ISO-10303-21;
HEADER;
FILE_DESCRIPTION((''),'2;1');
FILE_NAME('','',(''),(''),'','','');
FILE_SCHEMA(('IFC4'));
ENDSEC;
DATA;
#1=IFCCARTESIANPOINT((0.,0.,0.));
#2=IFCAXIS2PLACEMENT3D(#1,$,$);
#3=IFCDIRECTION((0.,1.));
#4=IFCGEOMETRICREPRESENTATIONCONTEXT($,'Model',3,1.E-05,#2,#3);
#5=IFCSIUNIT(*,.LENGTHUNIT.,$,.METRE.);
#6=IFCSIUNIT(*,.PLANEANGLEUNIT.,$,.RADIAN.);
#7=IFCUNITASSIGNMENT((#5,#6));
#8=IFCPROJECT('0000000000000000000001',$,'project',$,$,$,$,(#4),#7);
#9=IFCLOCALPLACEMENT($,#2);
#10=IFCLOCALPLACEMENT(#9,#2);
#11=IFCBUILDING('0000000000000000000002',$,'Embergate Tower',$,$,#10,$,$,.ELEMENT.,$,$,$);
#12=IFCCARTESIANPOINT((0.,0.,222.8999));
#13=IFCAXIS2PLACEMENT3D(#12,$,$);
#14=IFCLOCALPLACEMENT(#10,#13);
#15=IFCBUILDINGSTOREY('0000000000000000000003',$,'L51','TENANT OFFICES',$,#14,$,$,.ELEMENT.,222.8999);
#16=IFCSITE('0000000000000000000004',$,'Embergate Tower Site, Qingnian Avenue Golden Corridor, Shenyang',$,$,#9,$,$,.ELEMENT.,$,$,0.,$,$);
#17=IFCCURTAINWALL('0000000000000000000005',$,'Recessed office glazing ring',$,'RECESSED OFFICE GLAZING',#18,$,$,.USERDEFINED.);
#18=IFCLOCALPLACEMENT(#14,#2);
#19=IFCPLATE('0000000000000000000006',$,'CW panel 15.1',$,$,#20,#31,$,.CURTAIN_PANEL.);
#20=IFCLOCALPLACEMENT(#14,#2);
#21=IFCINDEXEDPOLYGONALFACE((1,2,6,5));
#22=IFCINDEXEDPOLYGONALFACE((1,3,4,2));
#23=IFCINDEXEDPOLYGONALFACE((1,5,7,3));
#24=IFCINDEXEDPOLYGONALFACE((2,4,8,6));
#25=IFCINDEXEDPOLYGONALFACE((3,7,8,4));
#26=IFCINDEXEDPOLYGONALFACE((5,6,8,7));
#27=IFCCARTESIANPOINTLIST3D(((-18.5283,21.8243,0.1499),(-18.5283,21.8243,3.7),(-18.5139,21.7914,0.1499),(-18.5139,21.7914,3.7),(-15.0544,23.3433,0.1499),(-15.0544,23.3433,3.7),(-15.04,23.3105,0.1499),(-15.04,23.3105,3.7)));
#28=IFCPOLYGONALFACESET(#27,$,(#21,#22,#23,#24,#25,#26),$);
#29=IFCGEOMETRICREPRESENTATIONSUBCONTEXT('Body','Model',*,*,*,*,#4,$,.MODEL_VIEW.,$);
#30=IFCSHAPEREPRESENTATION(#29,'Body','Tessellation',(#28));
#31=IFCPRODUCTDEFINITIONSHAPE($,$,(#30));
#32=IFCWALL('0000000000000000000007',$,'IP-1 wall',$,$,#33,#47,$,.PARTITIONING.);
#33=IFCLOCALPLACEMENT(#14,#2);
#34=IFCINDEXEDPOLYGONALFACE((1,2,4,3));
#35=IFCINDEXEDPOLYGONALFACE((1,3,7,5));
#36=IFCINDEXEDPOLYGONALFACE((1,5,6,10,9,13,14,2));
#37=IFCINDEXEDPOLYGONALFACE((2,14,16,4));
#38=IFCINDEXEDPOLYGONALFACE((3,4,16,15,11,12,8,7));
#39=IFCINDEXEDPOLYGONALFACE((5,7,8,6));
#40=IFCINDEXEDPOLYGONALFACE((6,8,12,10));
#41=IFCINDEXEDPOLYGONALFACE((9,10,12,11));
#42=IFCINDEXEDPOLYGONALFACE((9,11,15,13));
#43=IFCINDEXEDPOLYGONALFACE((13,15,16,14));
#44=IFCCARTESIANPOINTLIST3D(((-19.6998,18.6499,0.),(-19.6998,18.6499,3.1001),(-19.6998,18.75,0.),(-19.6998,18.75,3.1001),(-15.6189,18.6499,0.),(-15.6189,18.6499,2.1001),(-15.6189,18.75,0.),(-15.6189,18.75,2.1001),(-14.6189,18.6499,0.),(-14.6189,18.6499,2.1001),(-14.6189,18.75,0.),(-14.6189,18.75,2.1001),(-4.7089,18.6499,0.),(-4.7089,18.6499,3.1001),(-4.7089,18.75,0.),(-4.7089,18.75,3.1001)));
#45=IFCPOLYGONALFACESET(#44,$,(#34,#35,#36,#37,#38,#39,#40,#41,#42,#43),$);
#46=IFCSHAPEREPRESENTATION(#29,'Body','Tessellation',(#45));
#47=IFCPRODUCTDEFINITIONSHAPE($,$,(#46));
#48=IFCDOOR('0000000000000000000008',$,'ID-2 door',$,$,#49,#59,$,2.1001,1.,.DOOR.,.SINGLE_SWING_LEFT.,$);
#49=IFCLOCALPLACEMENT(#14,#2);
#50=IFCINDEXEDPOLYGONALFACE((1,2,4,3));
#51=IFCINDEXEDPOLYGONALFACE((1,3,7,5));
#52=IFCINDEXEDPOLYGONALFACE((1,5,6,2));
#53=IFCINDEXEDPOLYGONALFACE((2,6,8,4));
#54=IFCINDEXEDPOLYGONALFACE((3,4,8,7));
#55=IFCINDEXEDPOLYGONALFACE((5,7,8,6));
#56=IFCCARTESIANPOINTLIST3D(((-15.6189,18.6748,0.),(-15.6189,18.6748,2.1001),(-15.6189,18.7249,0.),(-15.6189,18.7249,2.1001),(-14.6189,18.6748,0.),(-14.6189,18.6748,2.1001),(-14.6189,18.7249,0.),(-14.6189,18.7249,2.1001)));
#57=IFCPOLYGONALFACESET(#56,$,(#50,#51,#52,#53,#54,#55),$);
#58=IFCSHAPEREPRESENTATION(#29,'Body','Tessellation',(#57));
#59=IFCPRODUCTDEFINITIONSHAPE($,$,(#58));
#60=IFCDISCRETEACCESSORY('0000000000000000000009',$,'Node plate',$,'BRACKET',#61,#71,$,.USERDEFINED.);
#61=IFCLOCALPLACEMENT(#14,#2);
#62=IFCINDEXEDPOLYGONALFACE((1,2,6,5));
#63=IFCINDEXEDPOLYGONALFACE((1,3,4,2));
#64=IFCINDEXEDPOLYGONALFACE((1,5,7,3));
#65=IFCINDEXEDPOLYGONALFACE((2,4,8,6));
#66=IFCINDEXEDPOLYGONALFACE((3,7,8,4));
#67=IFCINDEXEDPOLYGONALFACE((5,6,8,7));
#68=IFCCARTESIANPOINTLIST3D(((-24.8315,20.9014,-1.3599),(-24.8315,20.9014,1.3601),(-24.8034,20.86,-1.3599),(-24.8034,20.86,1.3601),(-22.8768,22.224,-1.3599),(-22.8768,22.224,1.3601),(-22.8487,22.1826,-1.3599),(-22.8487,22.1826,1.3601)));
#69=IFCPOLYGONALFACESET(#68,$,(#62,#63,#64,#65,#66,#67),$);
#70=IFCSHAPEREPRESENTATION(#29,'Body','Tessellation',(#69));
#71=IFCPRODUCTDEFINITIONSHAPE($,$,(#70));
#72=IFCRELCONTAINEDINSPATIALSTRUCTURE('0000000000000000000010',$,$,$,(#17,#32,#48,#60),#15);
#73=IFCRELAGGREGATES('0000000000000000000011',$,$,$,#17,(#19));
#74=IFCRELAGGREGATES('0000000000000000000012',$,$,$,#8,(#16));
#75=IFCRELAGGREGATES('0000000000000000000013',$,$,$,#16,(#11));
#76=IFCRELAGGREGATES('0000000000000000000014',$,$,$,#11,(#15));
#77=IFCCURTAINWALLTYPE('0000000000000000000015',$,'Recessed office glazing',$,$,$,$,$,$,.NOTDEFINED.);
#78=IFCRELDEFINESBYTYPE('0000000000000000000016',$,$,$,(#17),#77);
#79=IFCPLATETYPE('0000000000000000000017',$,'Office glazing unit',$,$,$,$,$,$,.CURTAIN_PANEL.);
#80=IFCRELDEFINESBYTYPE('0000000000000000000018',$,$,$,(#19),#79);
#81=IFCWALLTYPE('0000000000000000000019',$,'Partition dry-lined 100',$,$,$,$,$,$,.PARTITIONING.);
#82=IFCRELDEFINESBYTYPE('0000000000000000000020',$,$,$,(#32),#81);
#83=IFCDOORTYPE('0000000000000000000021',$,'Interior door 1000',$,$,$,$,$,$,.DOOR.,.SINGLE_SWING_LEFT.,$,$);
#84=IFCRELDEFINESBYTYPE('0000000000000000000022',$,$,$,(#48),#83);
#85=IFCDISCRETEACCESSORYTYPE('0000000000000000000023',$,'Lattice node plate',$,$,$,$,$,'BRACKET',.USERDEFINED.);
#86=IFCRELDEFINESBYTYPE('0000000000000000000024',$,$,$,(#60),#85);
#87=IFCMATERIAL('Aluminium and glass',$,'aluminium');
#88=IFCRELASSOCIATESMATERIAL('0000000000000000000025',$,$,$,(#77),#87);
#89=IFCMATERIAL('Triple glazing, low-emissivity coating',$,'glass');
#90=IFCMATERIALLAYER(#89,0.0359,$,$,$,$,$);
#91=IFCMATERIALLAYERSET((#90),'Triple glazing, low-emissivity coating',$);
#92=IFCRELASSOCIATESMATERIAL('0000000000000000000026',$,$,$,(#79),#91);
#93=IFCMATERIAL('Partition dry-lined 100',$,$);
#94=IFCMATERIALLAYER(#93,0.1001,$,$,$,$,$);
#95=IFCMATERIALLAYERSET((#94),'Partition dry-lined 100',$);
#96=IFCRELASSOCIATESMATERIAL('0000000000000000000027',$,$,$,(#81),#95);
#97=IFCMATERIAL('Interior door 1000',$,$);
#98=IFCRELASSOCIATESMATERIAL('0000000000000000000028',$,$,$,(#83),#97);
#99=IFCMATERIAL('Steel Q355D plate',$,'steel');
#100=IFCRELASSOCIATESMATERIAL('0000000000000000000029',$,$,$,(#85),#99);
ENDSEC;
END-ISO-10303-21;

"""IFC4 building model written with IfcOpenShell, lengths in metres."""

from ifc_helpers import new_model, si_unit, direction, frame, frame_2d, origin, origin_2d, place, context, subcontext, project, spatial, rectangle, extrude, source, transform, mapped, material, layer, layer_set, type_object, element, fill, aggregate, save


model = new_model("IFC4")

# Units and contexts
model_context = context("Model", 3, precision=1e-05, world=origin(), true_north=direction((0.0, 1.0)))
body_context = subcontext(model_context, "Body", "Model", "MODEL_VIEW")
ifc_project = project(units=[si_unit("LENGTHUNIT", "METRE"), si_unit("PLANEANGLEUNIT", "RADIAN")], contexts=[model_context])

# Site, building, storey
site_placement = place(None, origin())
site = spatial("IfcSite", under=ifc_project, at=site_placement, Name="Embergate Tower Site, Qingnian Avenue Golden Corridor, Shenyang", CompositionType="ELEMENT", RefElevation=0.0)
building_placement = place(site_placement, origin())
building = spatial("IfcBuilding", under=site, at=building_placement, Name="Embergate Tower", CompositionType="ELEMENT")
storey_placement = place(building_placement, frame((0.0, 0.0, 222.8999)))
storey = spatial("IfcBuildingStorey", under=building, at=storey_placement, Name="L51", Description="TENANT OFFICES", CompositionType="ELEMENT", Elevation=222.8999)

# Curtain wall, plate
ifc_material_1 = material(Name="Aluminium and glass", Category="aluminium")
curtain_wall_type = type_object("IfcCurtainWallType", Name="Recessed office glazing", PredefinedType="NOTDEFINED", material=ifc_material_1)
curtain_wall_placement = place(storey_placement, origin())
curtain_wall = element("IfcCurtainWall", 1, at=curtain_wall_placement, inside=storey, type_object=curtain_wall_type, Name="Recessed office glazing ring", ObjectType="RECESSED OFFICE GLAZING", PredefinedType="USERDEFINED")
ifc_material_2 = material(Name="Triple glazing, low-emissivity coating", Category="glass")
ifc_layer_1 = layer(ifc_material_2, 0.0359)
ifc_layer_set_1 = layer_set([ifc_layer_1], Name="Triple glazing, low-emissivity coating")
plate_type = type_object("IfcPlateType", Name="Office glazing unit", PredefinedType="CURTAIN_PANEL", material=ifc_layer_set_1)
shared_shape_1 = source(origin(), body_context, "Body", "SweptSolid", [
    extrude(rectangle(XDim=3.7915, YDim=0.0359, at=origin_2d()), origin(), (0.0, 0.0, 1.0), 3.55),
])
plate_1_placement = place(storey_placement, frame((-16.7842, 22.5674, 0.1499), z_axis=(0.0, 0.0, 1.0), x_axis=(-0.916234, -0.400643, 0.0)))
plate_1 = element("IfcPlate", 2, at=plate_1_placement, type_object=plate_type, Name="CW panel 15.1", PredefinedType="CURTAIN_PANEL", context=body_context, shape_type="MappedRepresentation", body=[
    mapped(shared_shape_1, transform((0.0, 0.0, 0.0))),
])
aggregate(curtain_wall, [plate_1])

# Wall, opening, door
ifc_material_3 = material(Name="Partition dry-lined 100")
ifc_layer_2 = layer(ifc_material_3, 0.1001)
ifc_layer_set_2 = layer_set([ifc_layer_2], Name="Partition dry-lined 100")
wall_type = type_object("IfcWallType", Name="Partition dry-lined 100", PredefinedType="PARTITIONING", material=ifc_layer_set_2)
shared_shape_2 = source(origin(), body_context, "Body", "SweptSolid", [
    extrude(rectangle(XDim=14.991, YDim=0.1001, at=frame_2d((7.4956, 0.0))), origin(), (0.0, 0.0, 1.0), 3.1001),
])
wall_placement = place(storey_placement, frame((-19.7, 18.7, 0.0), z_axis=(0.0, 0.0, 1.0), x_axis=(1.0, 0.0, 0.0)))
wall = element("IfcWall", 3, at=wall_placement, inside=storey, type_object=wall_type, Name="IP-1 wall", PredefinedType="PARTITIONING", context=body_context, shape_type="MappedRepresentation", body=[
    mapped(shared_shape_2, transform((0.0, 0.0, 0.0))),
])
shared_shape_3 = source(origin(), body_context, "Body", "SweptSolid", [
    extrude(rectangle(XDim=1.0, YDim=2.1001, at=frame_2d((0.5, 1.05))), frame((0.0, 0.0601, 0.0), z_axis=(0.0, -1.0, 0.0), x_axis=(1.0, 0.0, 0.0)), (0.0, 0.0, 1.0), 0.1201),
])
opening_placement = place(wall_placement, frame((4.0811, 0.0, 0.0)))
opening = element("IfcOpeningElement", 4, at=opening_placement, cuts=wall, PredefinedType="OPENING", context=body_context, shape_type="MappedRepresentation", body=[
    mapped(shared_shape_3, transform((0.0, 0.0, 0.0))),
])
ifc_material_4 = material(Name="Interior door 1000")
door_type = type_object("IfcDoorType", Name="Interior door 1000", OperationType="SINGLE_SWING_LEFT", PredefinedType="DOOR", material=ifc_material_4)
shared_shape_4 = source(origin(), body_context, "Body", "SweptSolid", [
    extrude(rectangle(XDim=1.0, YDim=2.1001, at=frame_2d((0.5, 1.05))), frame((0.0, 0.0249, 0.0), z_axis=(0.0, -1.0, 0.0), x_axis=(1.0, 0.0, 0.0)), (0.0, 0.0, 1.0), 0.05),
])
door_placement = place(opening_placement, origin())
door = element("IfcDoor", 5, at=door_placement, inside=storey, type_object=door_type, Name="ID-2 door", OperationType="SINGLE_SWING_LEFT", OverallHeight=2.1001, OverallWidth=1.0, PredefinedType="DOOR", context=body_context, shape_type="MappedRepresentation", body=[
    mapped(shared_shape_4, transform((0.0, 0.0, 0.0))),
])
fill(opening, door)

# Discrete accessory
ifc_material_5 = material(Name="Steel Q355D plate", Category="steel")
discrete_accessory_type = type_object("IfcDiscreteAccessoryType", Name="Lattice node plate", ElementType="BRACKET", PredefinedType="USERDEFINED", material=ifc_material_5)
shared_shape_5 = source(origin(), body_context, "Body", "SweptSolid", [
    extrude(rectangle(XDim=2.3601, YDim=0.05, at=origin_2d()), origin(), (0.0, 0.0, 1.0), 2.72),
])
discrete_accessory_placement = place(storey_placement, frame((-23.8401, 21.542, -1.3599), z_axis=(0.0, 0.0, 1.0), x_axis=(-0.828227, -0.560393, 0.0)))
element("IfcDiscreteAccessory", 6, at=discrete_accessory_placement, inside=storey, type_object=discrete_accessory_type, Name="Node plate", ObjectType="BRACKET", PredefinedType="USERDEFINED", context=body_context, shape_type="MappedRepresentation", body=[
    mapped(shared_shape_5, transform((0.0, 0.0, 0.0))),
])

save(model, "model.ifc")
